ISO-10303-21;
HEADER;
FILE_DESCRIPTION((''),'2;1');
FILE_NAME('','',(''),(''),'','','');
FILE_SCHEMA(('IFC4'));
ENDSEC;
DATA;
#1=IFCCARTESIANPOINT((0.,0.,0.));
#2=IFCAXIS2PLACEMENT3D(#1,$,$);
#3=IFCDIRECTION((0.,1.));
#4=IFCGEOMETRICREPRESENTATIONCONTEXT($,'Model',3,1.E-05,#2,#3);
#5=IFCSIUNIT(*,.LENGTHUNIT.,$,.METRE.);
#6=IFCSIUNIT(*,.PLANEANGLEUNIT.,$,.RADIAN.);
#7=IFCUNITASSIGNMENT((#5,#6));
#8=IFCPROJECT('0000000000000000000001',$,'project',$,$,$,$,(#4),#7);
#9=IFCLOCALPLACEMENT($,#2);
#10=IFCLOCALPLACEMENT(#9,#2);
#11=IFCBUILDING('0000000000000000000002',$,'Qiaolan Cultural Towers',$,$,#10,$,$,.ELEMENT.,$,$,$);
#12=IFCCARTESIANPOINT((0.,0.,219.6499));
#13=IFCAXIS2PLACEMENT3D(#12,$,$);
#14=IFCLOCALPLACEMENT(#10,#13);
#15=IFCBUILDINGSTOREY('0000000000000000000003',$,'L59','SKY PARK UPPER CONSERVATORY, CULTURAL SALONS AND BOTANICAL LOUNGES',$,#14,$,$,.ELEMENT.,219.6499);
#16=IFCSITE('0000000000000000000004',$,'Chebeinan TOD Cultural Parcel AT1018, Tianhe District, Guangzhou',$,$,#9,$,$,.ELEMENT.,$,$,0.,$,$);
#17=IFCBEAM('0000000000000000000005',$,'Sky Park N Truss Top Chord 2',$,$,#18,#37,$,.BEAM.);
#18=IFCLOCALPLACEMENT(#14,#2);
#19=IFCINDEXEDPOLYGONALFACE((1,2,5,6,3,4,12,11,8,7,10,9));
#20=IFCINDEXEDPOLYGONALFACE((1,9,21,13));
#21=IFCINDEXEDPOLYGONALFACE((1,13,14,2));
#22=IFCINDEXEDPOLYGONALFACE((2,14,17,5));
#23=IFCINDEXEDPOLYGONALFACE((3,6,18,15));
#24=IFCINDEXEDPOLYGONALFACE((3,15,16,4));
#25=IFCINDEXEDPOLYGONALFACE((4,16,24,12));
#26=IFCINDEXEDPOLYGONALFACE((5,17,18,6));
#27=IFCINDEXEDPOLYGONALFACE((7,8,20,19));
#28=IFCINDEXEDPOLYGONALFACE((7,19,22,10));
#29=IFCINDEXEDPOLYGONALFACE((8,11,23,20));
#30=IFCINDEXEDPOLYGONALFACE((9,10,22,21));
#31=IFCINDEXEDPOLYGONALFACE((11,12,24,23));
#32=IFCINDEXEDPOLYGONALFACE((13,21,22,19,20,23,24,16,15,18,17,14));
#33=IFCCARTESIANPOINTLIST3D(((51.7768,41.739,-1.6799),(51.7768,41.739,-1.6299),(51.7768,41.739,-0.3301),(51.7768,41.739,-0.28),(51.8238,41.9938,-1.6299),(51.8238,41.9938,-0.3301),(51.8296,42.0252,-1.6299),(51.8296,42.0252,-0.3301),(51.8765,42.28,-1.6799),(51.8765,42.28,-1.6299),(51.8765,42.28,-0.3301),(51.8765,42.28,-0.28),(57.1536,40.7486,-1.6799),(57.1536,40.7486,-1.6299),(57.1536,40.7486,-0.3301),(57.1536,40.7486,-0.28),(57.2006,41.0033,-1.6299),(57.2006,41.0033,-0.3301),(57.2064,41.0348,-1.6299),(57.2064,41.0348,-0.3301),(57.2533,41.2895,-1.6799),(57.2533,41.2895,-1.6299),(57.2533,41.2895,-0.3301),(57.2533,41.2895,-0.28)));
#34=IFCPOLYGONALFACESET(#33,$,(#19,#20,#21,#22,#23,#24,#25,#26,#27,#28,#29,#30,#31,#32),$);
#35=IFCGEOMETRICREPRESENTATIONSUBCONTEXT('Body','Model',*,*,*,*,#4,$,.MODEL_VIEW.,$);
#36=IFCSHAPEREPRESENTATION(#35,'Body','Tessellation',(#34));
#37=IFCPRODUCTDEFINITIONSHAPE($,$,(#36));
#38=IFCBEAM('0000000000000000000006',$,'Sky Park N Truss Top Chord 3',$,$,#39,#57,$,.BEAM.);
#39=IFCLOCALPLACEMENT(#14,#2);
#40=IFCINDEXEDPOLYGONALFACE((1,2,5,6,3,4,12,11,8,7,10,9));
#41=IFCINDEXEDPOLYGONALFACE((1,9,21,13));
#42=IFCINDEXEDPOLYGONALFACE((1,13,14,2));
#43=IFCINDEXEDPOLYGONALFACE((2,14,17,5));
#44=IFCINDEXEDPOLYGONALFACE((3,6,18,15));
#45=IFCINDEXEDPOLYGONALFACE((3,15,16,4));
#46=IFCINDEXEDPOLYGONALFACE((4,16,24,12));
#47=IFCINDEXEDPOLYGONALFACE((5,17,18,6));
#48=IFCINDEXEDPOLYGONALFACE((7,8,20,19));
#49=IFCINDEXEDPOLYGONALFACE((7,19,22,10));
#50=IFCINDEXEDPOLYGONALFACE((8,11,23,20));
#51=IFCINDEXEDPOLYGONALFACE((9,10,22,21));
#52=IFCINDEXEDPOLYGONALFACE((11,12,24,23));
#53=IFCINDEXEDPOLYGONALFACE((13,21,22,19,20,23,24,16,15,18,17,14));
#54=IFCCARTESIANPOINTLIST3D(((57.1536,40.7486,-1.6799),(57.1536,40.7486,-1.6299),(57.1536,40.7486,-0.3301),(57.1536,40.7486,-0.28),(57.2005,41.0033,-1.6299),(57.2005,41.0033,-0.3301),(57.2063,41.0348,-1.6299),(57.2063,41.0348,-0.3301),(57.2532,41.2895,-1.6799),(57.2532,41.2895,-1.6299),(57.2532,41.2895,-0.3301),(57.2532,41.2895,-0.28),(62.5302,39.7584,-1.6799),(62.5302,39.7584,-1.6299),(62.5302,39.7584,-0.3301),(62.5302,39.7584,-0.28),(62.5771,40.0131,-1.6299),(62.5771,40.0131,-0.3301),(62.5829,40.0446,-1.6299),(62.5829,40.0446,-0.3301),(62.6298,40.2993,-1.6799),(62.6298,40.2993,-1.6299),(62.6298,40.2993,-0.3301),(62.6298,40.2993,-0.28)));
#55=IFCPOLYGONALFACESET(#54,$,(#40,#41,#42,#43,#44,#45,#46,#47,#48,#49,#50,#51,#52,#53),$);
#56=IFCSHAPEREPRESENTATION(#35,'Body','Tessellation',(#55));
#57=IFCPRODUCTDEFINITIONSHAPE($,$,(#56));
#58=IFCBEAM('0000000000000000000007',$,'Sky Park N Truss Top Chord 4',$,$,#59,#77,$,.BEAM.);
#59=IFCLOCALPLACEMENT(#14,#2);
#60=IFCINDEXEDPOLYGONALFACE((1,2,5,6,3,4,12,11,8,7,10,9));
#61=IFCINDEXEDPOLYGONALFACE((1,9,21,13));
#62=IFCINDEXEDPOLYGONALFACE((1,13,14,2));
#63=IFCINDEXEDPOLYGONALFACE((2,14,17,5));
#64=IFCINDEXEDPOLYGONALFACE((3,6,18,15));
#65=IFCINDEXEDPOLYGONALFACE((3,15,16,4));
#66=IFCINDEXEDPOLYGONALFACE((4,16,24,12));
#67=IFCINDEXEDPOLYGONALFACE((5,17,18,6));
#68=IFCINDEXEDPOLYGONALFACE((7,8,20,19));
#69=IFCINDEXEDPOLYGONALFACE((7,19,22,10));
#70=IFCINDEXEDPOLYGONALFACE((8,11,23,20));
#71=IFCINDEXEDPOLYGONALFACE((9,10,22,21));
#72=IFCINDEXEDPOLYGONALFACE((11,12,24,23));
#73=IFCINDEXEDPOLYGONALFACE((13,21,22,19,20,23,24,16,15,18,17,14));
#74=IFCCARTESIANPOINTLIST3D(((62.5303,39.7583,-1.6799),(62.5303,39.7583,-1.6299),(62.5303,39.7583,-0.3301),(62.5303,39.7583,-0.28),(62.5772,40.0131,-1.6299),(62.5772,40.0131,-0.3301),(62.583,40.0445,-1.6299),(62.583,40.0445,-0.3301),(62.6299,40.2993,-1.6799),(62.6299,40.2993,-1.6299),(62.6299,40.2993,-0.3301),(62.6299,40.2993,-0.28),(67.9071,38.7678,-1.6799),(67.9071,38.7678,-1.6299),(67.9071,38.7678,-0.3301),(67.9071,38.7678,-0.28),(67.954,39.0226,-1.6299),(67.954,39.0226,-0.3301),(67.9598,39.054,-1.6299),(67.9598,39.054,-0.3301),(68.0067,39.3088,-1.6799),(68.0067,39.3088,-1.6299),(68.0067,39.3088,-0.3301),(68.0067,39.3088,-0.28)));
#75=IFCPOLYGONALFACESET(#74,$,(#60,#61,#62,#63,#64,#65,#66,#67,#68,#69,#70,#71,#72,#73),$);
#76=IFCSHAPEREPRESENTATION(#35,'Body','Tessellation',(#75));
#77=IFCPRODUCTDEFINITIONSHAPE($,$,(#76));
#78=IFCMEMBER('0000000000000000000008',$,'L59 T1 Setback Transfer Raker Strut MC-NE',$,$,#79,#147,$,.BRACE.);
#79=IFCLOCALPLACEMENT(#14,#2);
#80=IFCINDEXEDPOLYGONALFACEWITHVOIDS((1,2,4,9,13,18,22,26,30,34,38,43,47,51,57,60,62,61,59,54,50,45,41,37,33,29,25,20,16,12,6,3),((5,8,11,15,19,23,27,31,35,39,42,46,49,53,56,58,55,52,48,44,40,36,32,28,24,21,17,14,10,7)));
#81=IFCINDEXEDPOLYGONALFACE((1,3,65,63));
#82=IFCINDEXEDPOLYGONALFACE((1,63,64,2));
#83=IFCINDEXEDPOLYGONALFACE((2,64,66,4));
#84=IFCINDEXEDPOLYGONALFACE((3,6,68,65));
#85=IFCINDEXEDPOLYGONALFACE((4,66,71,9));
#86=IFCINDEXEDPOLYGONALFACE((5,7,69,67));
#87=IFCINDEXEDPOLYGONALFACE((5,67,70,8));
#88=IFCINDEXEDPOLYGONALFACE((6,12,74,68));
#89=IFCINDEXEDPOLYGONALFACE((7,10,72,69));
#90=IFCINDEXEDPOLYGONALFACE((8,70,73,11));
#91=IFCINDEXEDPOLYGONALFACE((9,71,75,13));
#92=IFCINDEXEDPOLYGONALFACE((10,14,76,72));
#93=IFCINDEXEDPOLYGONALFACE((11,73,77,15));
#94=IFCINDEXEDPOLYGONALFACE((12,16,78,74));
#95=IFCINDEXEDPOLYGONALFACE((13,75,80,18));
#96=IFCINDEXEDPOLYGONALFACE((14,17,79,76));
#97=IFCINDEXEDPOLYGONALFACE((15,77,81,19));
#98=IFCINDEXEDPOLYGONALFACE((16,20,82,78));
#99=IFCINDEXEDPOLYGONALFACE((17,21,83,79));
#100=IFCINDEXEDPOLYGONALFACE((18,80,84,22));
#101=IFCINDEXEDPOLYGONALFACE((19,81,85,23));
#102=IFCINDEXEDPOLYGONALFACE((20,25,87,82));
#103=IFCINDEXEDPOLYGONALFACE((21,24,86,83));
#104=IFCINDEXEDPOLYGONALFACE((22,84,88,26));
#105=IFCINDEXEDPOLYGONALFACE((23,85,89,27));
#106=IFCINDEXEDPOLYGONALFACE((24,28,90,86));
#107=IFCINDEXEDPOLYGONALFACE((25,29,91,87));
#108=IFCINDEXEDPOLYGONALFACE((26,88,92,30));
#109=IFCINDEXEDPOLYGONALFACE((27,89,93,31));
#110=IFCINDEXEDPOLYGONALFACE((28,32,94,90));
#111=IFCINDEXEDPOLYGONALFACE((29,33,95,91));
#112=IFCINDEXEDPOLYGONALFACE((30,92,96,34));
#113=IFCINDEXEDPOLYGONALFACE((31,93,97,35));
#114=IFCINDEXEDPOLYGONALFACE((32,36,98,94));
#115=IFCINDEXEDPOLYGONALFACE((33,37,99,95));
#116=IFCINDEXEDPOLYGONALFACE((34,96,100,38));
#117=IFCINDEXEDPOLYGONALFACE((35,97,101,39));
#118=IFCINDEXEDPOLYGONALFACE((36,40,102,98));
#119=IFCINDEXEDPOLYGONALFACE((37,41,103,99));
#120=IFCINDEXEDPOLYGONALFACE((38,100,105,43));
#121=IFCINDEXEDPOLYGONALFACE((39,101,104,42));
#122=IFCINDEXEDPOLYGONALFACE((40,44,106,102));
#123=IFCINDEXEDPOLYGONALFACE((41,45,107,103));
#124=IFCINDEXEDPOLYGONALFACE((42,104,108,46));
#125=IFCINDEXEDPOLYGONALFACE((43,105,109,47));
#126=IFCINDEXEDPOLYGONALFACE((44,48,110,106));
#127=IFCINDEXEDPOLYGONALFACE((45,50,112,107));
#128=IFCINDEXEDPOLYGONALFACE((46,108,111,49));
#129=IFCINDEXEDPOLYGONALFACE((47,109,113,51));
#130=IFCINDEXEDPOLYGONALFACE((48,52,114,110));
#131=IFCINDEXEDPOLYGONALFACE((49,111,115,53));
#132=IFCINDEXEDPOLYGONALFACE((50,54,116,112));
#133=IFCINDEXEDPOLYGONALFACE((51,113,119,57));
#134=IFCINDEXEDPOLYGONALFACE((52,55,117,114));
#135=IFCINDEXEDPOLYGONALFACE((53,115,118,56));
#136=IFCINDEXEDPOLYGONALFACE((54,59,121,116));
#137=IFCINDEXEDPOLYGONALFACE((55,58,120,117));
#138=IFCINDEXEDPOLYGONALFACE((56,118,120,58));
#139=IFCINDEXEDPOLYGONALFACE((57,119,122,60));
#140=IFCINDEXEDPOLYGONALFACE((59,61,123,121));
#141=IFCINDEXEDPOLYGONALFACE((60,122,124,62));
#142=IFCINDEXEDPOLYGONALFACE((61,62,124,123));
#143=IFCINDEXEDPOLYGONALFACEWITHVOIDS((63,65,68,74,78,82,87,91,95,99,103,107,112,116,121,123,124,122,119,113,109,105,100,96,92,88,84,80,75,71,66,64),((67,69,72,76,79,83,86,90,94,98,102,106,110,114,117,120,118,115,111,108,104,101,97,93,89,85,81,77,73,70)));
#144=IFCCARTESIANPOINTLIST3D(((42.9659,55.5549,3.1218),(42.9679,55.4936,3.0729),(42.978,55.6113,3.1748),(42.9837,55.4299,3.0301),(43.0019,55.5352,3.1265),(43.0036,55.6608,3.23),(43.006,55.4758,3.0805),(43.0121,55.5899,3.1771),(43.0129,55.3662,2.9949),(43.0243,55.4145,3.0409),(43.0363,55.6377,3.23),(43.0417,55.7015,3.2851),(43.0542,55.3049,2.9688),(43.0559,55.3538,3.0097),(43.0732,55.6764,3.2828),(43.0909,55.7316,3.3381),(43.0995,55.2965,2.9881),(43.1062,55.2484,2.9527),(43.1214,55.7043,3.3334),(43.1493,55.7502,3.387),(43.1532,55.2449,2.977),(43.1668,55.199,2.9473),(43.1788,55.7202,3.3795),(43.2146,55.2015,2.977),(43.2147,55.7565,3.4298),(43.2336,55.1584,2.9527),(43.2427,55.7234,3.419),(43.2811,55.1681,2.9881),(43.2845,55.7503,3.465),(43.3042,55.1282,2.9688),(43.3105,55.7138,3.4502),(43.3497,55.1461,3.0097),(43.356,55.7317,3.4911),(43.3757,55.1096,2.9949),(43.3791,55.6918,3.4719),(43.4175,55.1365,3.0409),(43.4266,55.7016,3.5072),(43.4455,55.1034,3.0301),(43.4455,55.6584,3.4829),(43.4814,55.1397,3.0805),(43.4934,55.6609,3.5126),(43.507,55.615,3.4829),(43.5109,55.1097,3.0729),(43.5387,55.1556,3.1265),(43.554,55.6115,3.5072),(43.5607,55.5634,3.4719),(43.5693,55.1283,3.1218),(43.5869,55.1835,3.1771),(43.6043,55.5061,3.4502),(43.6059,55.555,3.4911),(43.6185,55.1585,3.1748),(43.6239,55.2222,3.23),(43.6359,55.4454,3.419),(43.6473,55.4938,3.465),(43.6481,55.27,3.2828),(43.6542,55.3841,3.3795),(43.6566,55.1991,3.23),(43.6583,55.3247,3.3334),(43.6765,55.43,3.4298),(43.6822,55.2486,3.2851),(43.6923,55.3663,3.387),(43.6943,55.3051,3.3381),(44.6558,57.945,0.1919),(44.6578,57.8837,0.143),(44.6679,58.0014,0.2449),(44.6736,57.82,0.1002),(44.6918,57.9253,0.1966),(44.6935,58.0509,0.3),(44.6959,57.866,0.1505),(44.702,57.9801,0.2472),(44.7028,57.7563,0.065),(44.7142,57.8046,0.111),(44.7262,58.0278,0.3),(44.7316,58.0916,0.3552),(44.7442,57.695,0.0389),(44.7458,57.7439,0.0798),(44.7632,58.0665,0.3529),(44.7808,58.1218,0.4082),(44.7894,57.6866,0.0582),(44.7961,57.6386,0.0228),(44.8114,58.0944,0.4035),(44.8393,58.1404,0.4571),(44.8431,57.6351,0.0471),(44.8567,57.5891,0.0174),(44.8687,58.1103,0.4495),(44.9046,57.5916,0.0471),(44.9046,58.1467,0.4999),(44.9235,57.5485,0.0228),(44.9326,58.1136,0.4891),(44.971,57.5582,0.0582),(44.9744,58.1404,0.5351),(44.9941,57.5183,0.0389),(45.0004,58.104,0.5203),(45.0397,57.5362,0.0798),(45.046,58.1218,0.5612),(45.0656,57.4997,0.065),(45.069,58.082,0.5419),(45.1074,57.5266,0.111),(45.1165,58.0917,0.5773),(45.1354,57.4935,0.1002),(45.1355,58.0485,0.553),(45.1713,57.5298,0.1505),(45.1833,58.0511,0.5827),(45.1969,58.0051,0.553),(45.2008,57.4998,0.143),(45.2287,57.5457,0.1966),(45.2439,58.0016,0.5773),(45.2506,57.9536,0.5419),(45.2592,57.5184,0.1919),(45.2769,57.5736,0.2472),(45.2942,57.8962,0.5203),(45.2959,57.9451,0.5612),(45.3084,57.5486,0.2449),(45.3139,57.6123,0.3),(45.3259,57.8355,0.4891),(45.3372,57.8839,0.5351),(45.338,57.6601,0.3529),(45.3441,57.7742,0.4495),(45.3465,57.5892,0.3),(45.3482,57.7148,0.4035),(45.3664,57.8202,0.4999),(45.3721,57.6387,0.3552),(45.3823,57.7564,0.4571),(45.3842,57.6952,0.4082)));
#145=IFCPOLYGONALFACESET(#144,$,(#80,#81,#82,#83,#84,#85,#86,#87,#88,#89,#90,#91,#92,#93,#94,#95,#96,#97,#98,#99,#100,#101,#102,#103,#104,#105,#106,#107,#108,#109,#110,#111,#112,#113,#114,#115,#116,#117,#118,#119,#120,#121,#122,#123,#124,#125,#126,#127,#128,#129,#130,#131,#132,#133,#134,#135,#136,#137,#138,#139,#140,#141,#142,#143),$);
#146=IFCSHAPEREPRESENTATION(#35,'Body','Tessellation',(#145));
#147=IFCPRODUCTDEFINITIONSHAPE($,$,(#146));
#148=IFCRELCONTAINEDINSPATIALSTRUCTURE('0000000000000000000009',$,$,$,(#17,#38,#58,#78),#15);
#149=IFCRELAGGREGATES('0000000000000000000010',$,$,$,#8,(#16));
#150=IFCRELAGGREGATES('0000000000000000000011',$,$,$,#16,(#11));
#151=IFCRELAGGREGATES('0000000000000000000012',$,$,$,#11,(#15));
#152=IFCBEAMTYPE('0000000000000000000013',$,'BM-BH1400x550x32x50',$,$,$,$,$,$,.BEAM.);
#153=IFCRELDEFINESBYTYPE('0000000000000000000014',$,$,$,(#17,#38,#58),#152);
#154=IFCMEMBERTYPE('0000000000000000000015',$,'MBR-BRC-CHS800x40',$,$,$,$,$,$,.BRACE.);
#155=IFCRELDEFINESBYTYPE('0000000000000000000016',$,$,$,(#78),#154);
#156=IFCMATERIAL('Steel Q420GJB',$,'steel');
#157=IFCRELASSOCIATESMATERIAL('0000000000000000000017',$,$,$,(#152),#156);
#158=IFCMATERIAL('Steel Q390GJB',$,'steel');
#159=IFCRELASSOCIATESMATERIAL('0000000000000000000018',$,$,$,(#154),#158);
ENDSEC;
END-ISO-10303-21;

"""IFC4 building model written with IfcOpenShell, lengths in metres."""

from ifc_helpers import new_model, si_unit, direction, frame, origin, origin_2d, place, context, subcontext, project, spatial, hollow_circle, i_section, extrude, material, material_profile, profile_set, type_object, element, save


model = new_model("IFC4")

# Units and contexts
model_context = context("Model", 3, precision=1e-05, world=origin(), true_north=direction((0.0, 1.0)))
body_context = subcontext(model_context, "Body", "Model", "MODEL_VIEW")
ifc_project = project(units=[si_unit("LENGTHUNIT", "METRE"), si_unit("PLANEANGLEUNIT", "RADIAN")], contexts=[model_context])

# Site, building, storey
site_placement = place(None, origin())
site = spatial("IfcSite", under=ifc_project, at=site_placement, Name="Chebeinan TOD Cultural Parcel AT1018, Tianhe District, Guangzhou", CompositionType="ELEMENT", RefElevation=0.0)
building_placement = place(site_placement, origin())
building = spatial("IfcBuilding", under=site, at=building_placement, Name="Qiaolan Cultural Towers", CompositionType="ELEMENT")
storey_placement = place(building_placement, frame((0.0, 0.0, 219.6499)))
storey = spatial("IfcBuildingStorey", under=building, at=storey_placement, Name="L59", Description="SKY PARK UPPER CONSERVATORY, CULTURAL SALONS AND BOTANICAL LOUNGES", CompositionType="ELEMENT", Elevation=219.6499)

# Beams
ifc_material_1 = material(Name="Steel Q420GJB", Category="steel")
ifc_material_profile_1 = material_profile(ifc_material_1, i_section(OverallWidth=0.55, OverallDepth=1.3999, WebThickness=0.032, FlangeThickness=0.05, at=origin_2d()), Name="BH1400x550x32x50")
ifc_profile_set_1 = profile_set([ifc_material_profile_1], Name="Steel Q420GJB")
beam_type = type_object("IfcBeamType", Name="BM-BH1400x550x32x50", PredefinedType="BEAM", material=ifc_profile_set_1)
for number, where, z_axis, x_axis, name in (
    (1, (51.8267, 42.0095, -0.98), (0.983452, -0.181168, 0.0), (0.181168, 0.983452, 0.0), "Sky Park N Truss Top Chord 2"),
):
    element("IfcBeam", number, at=place(storey_placement, frame(where, z_axis=z_axis, x_axis=x_axis)), inside=storey, type_object=beam_type, Name=name, PredefinedType="BEAM", context=body_context, shape_type="SweptSolid", body=[
        extrude(i_section(OverallWidth=0.55, OverallDepth=1.3999, WebThickness=0.032, FlangeThickness=0.05, at=origin_2d()), origin(), (0.0, 0.0, 1.0), 5.4673),
    ])
beam_1_placement = place(storey_placement, frame((57.2034, 41.019, -0.98), z_axis=(0.98346, -0.181125, 0.0), x_axis=(0.181125, 0.98346, 0.0)))
element("IfcBeam", 2, at=beam_1_placement, inside=storey, type_object=beam_type, Name="Sky Park N Truss Top Chord 3", PredefinedType="BEAM", context=body_context, shape_type="SweptSolid", body=[
    extrude(i_section(OverallWidth=0.55, OverallDepth=1.3999, WebThickness=0.032, FlangeThickness=0.05, at=origin_2d()), origin(), (0.0, 0.0, 1.0), 5.467),
])
beam_2_placement = place(storey_placement, frame((62.5801, 40.0288, -0.98), z_axis=(0.983452, -0.181168, 0.0), x_axis=(0.181168, 0.983452, 0.0)))
element("IfcBeam", 3, at=beam_2_placement, inside=storey, type_object=beam_type, Name="Sky Park N Truss Top Chord 4", PredefinedType="BEAM", context=body_context, shape_type="SweptSolid", body=[
    extrude(i_section(OverallWidth=0.55, OverallDepth=1.3999, WebThickness=0.032, FlangeThickness=0.05, at=origin_2d()), origin(), (0.0, 0.0, 1.0), 5.4673),
])

# Member
ifc_material_2 = material(Name="Steel Q390GJB", Category="steel")
ifc_material_profile_2 = material_profile(ifc_material_2, hollow_circle(Radius=0.3999, WallThickness=0.04, at=origin_2d()), Name="CHS800x40")
ifc_profile_set_2 = profile_set([ifc_material_profile_2], Name="Steel Q390GJB")
member_type = type_object("IfcMemberType", Name="MBR-BRC-CHS800x40", PredefinedType="BRACE", material=ifc_profile_set_2)
member_1_placement = place(storey_placement, frame((45.02, 57.8201, 0.3), z_axis=(-0.408037, -0.5771, 0.707433), x_axis=(0.816519, -0.577318, 0.0)))
element("IfcMember", 4, at=member_1_placement, inside=storey, type_object=member_type, Name="L59 T1 Setback Transfer Raker Strut MC-NE", PredefinedType="BRACE", context=body_context, shape_type="SweptSolid", body=[
    extrude(hollow_circle(Radius=0.3999, WallThickness=0.04, at=origin_2d()), origin(), (0.0, 0.0, 1.0), 4.1416),
])

save(model, "model.ifc")
